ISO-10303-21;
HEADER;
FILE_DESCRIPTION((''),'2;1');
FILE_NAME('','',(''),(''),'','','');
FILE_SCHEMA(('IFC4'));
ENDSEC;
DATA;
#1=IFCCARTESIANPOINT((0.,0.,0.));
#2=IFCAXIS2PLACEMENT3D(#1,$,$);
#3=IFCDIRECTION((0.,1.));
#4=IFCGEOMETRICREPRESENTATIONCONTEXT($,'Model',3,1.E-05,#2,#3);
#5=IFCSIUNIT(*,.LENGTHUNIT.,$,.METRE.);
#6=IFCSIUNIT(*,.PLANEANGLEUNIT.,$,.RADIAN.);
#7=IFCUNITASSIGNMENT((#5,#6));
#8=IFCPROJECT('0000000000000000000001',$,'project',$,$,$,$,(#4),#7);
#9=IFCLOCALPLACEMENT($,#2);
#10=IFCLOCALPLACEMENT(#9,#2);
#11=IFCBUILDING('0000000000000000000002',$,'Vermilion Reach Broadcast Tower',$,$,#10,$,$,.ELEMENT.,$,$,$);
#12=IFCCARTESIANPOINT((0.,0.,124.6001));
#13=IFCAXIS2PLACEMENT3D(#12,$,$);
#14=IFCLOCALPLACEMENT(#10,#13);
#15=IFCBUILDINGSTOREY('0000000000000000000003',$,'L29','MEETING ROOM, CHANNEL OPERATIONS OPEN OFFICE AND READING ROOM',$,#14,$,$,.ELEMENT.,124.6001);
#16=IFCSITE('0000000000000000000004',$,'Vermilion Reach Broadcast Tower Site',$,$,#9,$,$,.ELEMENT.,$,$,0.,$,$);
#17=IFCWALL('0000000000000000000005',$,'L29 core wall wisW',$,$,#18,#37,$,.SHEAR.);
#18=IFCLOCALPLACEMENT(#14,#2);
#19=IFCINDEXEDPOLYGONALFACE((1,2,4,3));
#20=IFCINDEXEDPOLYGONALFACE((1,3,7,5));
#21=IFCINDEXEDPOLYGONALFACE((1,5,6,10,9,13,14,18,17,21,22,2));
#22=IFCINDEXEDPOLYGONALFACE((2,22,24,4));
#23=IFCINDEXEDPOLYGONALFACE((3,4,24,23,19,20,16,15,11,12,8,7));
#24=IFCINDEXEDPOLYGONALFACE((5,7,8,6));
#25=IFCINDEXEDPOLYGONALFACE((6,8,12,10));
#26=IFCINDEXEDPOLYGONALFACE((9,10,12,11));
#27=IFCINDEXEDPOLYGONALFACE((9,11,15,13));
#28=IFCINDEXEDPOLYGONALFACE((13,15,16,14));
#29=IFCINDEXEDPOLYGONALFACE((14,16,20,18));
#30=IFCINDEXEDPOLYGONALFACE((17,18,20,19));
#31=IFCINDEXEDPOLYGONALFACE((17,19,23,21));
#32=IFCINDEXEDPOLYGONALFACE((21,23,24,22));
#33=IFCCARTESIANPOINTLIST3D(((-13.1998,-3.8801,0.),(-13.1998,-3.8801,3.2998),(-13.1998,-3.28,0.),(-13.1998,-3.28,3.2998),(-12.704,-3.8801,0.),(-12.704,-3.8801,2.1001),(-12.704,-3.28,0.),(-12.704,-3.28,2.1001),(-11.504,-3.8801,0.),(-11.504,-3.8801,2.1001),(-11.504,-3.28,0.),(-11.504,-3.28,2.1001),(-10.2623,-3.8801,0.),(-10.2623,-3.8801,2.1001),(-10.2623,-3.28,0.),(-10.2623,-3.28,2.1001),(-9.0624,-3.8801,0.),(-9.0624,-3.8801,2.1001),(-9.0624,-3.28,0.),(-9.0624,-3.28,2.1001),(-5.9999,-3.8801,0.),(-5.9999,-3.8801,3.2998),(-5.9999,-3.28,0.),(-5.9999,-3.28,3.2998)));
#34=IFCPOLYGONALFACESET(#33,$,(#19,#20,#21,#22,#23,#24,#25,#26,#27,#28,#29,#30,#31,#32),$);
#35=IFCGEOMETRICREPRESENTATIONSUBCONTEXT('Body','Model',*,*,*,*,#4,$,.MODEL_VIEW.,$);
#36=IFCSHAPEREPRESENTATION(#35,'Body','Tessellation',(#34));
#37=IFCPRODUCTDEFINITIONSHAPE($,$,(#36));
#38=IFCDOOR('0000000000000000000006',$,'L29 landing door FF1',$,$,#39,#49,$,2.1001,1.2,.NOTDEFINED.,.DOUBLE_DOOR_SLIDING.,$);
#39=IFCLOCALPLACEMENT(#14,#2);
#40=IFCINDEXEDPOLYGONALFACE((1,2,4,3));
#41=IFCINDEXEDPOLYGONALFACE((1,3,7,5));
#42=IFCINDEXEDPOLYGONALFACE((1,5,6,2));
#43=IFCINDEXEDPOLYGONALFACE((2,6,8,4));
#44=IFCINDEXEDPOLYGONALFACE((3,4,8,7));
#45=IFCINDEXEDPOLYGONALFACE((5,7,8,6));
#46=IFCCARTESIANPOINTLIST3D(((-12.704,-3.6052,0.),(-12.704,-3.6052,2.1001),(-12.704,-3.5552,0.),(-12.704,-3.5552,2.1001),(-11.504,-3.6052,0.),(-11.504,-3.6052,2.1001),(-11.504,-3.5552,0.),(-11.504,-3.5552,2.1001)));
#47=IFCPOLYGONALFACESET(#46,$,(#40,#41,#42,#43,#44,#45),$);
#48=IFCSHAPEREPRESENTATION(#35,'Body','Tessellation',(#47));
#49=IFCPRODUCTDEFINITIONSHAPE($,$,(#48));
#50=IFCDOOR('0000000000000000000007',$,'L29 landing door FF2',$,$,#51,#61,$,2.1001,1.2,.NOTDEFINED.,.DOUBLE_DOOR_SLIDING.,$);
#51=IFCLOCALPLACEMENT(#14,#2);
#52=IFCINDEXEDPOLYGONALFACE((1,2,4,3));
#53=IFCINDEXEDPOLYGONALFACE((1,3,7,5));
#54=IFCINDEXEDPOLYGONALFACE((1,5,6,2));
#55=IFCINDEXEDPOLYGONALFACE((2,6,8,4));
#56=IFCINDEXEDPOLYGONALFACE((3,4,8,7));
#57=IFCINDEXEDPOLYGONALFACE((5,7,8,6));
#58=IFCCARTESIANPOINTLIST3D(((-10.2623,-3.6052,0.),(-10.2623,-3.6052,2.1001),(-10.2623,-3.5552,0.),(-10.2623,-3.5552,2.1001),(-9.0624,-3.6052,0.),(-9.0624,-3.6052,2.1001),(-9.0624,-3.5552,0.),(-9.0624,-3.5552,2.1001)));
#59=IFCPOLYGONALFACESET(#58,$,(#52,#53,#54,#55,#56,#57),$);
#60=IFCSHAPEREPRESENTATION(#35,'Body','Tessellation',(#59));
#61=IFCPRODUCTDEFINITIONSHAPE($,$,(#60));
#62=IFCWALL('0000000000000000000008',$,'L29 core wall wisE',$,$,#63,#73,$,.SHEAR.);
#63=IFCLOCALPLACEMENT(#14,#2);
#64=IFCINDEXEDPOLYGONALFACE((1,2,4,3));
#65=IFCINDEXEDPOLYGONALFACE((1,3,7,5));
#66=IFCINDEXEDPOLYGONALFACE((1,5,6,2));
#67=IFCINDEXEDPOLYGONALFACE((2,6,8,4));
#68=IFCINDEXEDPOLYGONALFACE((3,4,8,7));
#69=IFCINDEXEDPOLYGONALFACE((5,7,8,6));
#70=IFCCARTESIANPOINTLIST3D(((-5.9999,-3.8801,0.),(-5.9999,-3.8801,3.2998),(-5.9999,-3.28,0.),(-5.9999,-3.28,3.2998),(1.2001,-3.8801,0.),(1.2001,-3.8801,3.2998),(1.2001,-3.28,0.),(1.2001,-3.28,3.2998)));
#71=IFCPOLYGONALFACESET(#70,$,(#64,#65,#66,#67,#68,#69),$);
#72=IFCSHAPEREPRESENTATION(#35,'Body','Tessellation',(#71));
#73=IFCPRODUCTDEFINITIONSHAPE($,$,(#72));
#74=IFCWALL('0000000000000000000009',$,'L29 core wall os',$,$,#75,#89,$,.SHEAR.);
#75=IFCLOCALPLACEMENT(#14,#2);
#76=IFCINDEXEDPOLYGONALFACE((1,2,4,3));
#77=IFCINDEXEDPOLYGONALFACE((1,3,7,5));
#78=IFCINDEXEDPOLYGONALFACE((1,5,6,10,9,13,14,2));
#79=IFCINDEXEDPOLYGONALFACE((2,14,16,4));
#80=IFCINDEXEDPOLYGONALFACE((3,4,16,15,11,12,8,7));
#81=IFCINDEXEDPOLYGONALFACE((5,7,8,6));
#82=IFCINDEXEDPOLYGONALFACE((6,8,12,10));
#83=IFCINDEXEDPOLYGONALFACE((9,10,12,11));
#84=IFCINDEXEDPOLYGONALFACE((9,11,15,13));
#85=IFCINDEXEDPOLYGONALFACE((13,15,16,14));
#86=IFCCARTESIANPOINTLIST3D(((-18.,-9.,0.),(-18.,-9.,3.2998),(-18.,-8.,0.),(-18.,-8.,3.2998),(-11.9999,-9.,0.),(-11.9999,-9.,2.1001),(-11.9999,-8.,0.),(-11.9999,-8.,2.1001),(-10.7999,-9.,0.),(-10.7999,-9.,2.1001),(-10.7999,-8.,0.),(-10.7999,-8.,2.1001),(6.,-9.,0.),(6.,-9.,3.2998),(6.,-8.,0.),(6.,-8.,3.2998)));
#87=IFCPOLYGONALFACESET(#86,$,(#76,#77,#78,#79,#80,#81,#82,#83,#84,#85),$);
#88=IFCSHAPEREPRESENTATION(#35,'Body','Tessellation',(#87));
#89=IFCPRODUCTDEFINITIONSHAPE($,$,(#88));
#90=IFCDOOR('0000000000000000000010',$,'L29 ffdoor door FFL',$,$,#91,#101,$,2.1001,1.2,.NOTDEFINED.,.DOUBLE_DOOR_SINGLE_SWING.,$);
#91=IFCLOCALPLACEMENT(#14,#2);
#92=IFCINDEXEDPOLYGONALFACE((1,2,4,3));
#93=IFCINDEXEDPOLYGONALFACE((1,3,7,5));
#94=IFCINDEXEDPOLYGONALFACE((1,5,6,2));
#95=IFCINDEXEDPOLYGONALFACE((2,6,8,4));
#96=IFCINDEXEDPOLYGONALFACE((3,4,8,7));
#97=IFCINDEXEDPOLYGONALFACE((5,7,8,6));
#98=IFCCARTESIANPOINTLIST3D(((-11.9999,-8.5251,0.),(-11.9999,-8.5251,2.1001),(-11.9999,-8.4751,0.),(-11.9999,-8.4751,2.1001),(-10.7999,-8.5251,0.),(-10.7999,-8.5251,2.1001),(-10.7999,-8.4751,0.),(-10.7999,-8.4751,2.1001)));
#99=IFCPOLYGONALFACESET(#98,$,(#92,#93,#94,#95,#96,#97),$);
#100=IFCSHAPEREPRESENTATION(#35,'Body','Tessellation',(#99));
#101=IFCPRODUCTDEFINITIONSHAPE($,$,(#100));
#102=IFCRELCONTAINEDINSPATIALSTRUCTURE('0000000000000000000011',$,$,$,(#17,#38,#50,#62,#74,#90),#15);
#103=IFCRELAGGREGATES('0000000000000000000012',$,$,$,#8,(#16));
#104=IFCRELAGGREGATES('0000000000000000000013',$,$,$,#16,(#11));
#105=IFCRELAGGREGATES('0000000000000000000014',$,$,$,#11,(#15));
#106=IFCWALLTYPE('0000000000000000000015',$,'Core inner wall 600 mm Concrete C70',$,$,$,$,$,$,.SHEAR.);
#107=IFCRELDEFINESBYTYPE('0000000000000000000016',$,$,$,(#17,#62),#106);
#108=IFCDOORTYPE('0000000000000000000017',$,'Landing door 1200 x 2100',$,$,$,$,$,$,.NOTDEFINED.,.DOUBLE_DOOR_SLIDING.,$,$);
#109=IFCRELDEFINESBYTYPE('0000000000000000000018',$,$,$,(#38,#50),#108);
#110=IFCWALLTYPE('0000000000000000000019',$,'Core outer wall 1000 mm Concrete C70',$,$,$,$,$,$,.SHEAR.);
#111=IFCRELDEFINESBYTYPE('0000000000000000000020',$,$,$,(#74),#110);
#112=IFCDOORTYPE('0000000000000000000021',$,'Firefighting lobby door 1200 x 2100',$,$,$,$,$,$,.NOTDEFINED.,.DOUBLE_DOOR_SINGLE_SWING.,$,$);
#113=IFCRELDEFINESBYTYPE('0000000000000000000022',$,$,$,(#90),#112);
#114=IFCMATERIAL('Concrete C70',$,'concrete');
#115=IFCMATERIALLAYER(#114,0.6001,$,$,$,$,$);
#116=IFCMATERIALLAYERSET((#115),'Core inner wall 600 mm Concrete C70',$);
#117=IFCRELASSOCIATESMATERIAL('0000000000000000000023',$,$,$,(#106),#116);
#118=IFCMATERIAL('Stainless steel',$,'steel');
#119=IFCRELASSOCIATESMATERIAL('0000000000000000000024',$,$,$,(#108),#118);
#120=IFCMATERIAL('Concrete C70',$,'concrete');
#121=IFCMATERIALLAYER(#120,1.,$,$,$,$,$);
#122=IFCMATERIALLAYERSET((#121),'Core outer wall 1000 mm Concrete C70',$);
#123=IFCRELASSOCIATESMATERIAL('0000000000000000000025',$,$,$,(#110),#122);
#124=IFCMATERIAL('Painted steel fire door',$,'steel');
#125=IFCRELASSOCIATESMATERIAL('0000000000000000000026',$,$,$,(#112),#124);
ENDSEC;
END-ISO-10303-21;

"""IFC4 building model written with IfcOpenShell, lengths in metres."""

from ifc_helpers import new_model, si_unit, direction, frame, frame_2d, origin, place, context, subcontext, project, spatial, rectangle, extrude, material, layer, layer_set, type_object, element, fill, save


model = new_model("IFC4")

# Units and contexts
model_context = context("Model", 3, precision=1e-05, world=origin(), true_north=direction((0.0, 1.0)))
body_context = subcontext(model_context, "Body", "Model", "MODEL_VIEW")
ifc_project = project(units=[si_unit("LENGTHUNIT", "METRE"), si_unit("PLANEANGLEUNIT", "RADIAN")], contexts=[model_context])

# Site, building, storey
site_placement = place(None, origin())
site = spatial("IfcSite", under=ifc_project, at=site_placement, Name="Vermilion Reach Broadcast Tower Site", CompositionType="ELEMENT", RefElevation=0.0)
building_placement = place(site_placement, origin())
building = spatial("IfcBuilding", under=site, at=building_placement, Name="Vermilion Reach Broadcast Tower", CompositionType="ELEMENT")
storey_placement = place(building_placement, frame((0.0, 0.0, 124.6001)))
storey = spatial("IfcBuildingStorey", under=building, at=storey_placement, Name="L29", Description="MEETING ROOM, CHANNEL OPERATIONS OPEN OFFICE AND READING ROOM", CompositionType="ELEMENT", Elevation=124.6001)

# Wall, openings, doors
ifc_material_1 = material(Name="Concrete C70", Category="concrete")
ifc_layer_1 = layer(ifc_material_1, 0.6001)
ifc_layer_set_1 = layer_set([ifc_layer_1], Name="Core inner wall 600 mm Concrete C70")
wall_type_1 = type_object("IfcWallType", Name="Core inner wall 600 mm Concrete C70", PredefinedType="SHEAR", material=ifc_layer_set_1)
wall_1_placement = place(storey_placement, frame((-13.2, -3.5801, 0.0), z_axis=(0.0, 0.0, 1.0), x_axis=(1.0, 0.0, 0.0)))
wall_1 = element("IfcWall", 1, at=wall_1_placement, inside=storey, type_object=wall_type_1, Name="L29 core wall wisW", PredefinedType="SHEAR", context=body_context, shape_type="SweptSolid", body=[
    extrude(rectangle(XDim=7.2, YDim=0.6001, at=frame_2d((3.6001, 0.0))), origin(), (0.0, 0.0, 1.0), 3.2998),
])
opening_1_placement = place(wall_1_placement, frame((0.4958, 0.0, 0.0)))
opening_1 = element("IfcOpeningElement", 2, at=opening_1_placement, cuts=wall_1, PredefinedType="OPENING", context=body_context, shape_type="SweptSolid", body=[
    extrude(rectangle(XDim=1.2, YDim=2.1001, at=frame_2d((0.6001, 1.05))), frame((0.0, 0.3101, 0.0), z_axis=(0.0, -1.0, 0.0), x_axis=(1.0, 0.0, 0.0)), (0.0, 0.0, 1.0), 0.6201),
])
opening_2_placement = place(wall_1_placement, frame((2.9375, 0.0, 0.0)))
opening_2 = element("IfcOpeningElement", 3, at=opening_2_placement, cuts=wall_1, PredefinedType="OPENING", context=body_context, shape_type="SweptSolid", body=[
    extrude(rectangle(XDim=1.2, YDim=2.1001, at=frame_2d((0.6001, 1.05))), frame((0.0, 0.3101, 0.0), z_axis=(0.0, -1.0, 0.0), x_axis=(1.0, 0.0, 0.0)), (0.0, 0.0, 1.0), 0.6201),
])
ifc_material_2 = material(Name="Stainless steel", Category="steel")
door_type_1 = type_object("IfcDoorType", Name="Landing door 1200 x 2100", OperationType="DOUBLE_DOOR_SLIDING", PredefinedType="NOTDEFINED", material=ifc_material_2)
door_1_placement = place(opening_1_placement, origin())
door_1 = element("IfcDoor", 4, at=door_1_placement, inside=storey, type_object=door_type_1, Name="L29 landing door FF1", OperationType="DOUBLE_DOOR_SLIDING", OverallHeight=2.1001, OverallWidth=1.2, PredefinedType="NOTDEFINED", context=body_context, shape_type="SweptSolid", body=[
    extrude(rectangle(XDim=1.2, YDim=2.1001, at=frame_2d((0.6001, 1.05))), frame((0.0, 0.0249, 0.0), z_axis=(0.0, -1.0, 0.0), x_axis=(1.0, 0.0, 0.0)), (0.0, 0.0, 1.0), 0.05),
])
fill(opening_1, door_1)
door_2_placement = place(opening_2_placement, origin())
door_2 = element("IfcDoor", 5, at=door_2_placement, inside=storey, type_object=door_type_1, Name="L29 landing door FF2", OperationType="DOUBLE_DOOR_SLIDING", OverallHeight=2.1001, OverallWidth=1.2, PredefinedType="NOTDEFINED", context=body_context, shape_type="SweptSolid", body=[
    extrude(rectangle(XDim=1.2, YDim=2.1001, at=frame_2d((0.6001, 1.05))), frame((0.0, 0.0249, 0.0), z_axis=(0.0, -1.0, 0.0), x_axis=(1.0, 0.0, 0.0)), (0.0, 0.0, 1.0), 0.05),
])
fill(opening_2, door_2)

# Wall
wall_2_placement = place(storey_placement, frame((-6.0, -3.5801, 0.0), z_axis=(0.0, 0.0, 1.0), x_axis=(1.0, 0.0, 0.0)))
element("IfcWall", 6, at=wall_2_placement, inside=storey, type_object=wall_type_1, Name="L29 core wall wisE", PredefinedType="SHEAR", context=body_context, shape_type="SweptSolid", body=[
    extrude(rectangle(XDim=7.2, YDim=0.6001, at=frame_2d((3.6001, 0.0))), origin(), (0.0, 0.0, 1.0), 3.2998),
])

# Wall, opening, door
ifc_material_3 = material(Name="Concrete C70", Category="concrete")
ifc_layer_2 = layer(ifc_material_3, 1.0)
ifc_layer_set_2 = layer_set([ifc_layer_2], Name="Core outer wall 1000 mm Concrete C70")
wall_type_2 = type_object("IfcWallType", Name="Core outer wall 1000 mm Concrete C70", PredefinedType="SHEAR", material=ifc_layer_set_2)
wall_3_placement = place(storey_placement, frame((-18.0, -8.5, 0.0), z_axis=(0.0, 0.0, 1.0), x_axis=(1.0, 0.0, 0.0)))
wall_3 = element("IfcWall", 7, at=wall_3_placement, inside=storey, type_object=wall_type_2, Name="L29 core wall os", PredefinedType="SHEAR", context=body_context, shape_type="SweptSolid", body=[
    extrude(rectangle(XDim=24.0, YDim=1.0, at=frame_2d((12.0, 0.0))), origin(), (0.0, 0.0, 1.0), 3.2998),
])
opening_3_placement = place(wall_3_placement, frame((6.0, 0.0, 0.0)))
opening_3 = element("IfcOpeningElement", 8, at=opening_3_placement, cuts=wall_3, PredefinedType="OPENING", context=body_context, shape_type="SweptSolid", body=[
    extrude(rectangle(XDim=1.2, YDim=2.1001, at=frame_2d((0.6001, 1.05))), frame((0.0, 0.51, 0.0), z_axis=(0.0, -1.0, 0.0), x_axis=(1.0, 0.0, 0.0)), (0.0, 0.0, 1.0), 1.02),
])
ifc_material_4 = material(Name="Painted steel fire door", Category="steel")
door_type_2 = type_object("IfcDoorType", Name="Firefighting lobby door 1200 x 2100", OperationType="DOUBLE_DOOR_SINGLE_SWING", PredefinedType="NOTDEFINED", material=ifc_material_4)
door_3_placement = place(opening_3_placement, origin())
door_3 = element("IfcDoor", 9, at=door_3_placement, inside=storey, type_object=door_type_2, Name="L29 ffdoor door FFL", OperationType="DOUBLE_DOOR_SINGLE_SWING", OverallHeight=2.1001, OverallWidth=1.2, PredefinedType="NOTDEFINED", context=body_context, shape_type="SweptSolid", body=[
    extrude(rectangle(XDim=1.2, YDim=2.1001, at=frame_2d((0.6001, 1.05))), frame((0.0, 0.0249, 0.0), z_axis=(0.0, -1.0, 0.0), x_axis=(1.0, 0.0, 0.0)), (0.0, 0.0, 1.0), 0.05),
])
fill(opening_3, door_3)

save(model, "model.ifc")
